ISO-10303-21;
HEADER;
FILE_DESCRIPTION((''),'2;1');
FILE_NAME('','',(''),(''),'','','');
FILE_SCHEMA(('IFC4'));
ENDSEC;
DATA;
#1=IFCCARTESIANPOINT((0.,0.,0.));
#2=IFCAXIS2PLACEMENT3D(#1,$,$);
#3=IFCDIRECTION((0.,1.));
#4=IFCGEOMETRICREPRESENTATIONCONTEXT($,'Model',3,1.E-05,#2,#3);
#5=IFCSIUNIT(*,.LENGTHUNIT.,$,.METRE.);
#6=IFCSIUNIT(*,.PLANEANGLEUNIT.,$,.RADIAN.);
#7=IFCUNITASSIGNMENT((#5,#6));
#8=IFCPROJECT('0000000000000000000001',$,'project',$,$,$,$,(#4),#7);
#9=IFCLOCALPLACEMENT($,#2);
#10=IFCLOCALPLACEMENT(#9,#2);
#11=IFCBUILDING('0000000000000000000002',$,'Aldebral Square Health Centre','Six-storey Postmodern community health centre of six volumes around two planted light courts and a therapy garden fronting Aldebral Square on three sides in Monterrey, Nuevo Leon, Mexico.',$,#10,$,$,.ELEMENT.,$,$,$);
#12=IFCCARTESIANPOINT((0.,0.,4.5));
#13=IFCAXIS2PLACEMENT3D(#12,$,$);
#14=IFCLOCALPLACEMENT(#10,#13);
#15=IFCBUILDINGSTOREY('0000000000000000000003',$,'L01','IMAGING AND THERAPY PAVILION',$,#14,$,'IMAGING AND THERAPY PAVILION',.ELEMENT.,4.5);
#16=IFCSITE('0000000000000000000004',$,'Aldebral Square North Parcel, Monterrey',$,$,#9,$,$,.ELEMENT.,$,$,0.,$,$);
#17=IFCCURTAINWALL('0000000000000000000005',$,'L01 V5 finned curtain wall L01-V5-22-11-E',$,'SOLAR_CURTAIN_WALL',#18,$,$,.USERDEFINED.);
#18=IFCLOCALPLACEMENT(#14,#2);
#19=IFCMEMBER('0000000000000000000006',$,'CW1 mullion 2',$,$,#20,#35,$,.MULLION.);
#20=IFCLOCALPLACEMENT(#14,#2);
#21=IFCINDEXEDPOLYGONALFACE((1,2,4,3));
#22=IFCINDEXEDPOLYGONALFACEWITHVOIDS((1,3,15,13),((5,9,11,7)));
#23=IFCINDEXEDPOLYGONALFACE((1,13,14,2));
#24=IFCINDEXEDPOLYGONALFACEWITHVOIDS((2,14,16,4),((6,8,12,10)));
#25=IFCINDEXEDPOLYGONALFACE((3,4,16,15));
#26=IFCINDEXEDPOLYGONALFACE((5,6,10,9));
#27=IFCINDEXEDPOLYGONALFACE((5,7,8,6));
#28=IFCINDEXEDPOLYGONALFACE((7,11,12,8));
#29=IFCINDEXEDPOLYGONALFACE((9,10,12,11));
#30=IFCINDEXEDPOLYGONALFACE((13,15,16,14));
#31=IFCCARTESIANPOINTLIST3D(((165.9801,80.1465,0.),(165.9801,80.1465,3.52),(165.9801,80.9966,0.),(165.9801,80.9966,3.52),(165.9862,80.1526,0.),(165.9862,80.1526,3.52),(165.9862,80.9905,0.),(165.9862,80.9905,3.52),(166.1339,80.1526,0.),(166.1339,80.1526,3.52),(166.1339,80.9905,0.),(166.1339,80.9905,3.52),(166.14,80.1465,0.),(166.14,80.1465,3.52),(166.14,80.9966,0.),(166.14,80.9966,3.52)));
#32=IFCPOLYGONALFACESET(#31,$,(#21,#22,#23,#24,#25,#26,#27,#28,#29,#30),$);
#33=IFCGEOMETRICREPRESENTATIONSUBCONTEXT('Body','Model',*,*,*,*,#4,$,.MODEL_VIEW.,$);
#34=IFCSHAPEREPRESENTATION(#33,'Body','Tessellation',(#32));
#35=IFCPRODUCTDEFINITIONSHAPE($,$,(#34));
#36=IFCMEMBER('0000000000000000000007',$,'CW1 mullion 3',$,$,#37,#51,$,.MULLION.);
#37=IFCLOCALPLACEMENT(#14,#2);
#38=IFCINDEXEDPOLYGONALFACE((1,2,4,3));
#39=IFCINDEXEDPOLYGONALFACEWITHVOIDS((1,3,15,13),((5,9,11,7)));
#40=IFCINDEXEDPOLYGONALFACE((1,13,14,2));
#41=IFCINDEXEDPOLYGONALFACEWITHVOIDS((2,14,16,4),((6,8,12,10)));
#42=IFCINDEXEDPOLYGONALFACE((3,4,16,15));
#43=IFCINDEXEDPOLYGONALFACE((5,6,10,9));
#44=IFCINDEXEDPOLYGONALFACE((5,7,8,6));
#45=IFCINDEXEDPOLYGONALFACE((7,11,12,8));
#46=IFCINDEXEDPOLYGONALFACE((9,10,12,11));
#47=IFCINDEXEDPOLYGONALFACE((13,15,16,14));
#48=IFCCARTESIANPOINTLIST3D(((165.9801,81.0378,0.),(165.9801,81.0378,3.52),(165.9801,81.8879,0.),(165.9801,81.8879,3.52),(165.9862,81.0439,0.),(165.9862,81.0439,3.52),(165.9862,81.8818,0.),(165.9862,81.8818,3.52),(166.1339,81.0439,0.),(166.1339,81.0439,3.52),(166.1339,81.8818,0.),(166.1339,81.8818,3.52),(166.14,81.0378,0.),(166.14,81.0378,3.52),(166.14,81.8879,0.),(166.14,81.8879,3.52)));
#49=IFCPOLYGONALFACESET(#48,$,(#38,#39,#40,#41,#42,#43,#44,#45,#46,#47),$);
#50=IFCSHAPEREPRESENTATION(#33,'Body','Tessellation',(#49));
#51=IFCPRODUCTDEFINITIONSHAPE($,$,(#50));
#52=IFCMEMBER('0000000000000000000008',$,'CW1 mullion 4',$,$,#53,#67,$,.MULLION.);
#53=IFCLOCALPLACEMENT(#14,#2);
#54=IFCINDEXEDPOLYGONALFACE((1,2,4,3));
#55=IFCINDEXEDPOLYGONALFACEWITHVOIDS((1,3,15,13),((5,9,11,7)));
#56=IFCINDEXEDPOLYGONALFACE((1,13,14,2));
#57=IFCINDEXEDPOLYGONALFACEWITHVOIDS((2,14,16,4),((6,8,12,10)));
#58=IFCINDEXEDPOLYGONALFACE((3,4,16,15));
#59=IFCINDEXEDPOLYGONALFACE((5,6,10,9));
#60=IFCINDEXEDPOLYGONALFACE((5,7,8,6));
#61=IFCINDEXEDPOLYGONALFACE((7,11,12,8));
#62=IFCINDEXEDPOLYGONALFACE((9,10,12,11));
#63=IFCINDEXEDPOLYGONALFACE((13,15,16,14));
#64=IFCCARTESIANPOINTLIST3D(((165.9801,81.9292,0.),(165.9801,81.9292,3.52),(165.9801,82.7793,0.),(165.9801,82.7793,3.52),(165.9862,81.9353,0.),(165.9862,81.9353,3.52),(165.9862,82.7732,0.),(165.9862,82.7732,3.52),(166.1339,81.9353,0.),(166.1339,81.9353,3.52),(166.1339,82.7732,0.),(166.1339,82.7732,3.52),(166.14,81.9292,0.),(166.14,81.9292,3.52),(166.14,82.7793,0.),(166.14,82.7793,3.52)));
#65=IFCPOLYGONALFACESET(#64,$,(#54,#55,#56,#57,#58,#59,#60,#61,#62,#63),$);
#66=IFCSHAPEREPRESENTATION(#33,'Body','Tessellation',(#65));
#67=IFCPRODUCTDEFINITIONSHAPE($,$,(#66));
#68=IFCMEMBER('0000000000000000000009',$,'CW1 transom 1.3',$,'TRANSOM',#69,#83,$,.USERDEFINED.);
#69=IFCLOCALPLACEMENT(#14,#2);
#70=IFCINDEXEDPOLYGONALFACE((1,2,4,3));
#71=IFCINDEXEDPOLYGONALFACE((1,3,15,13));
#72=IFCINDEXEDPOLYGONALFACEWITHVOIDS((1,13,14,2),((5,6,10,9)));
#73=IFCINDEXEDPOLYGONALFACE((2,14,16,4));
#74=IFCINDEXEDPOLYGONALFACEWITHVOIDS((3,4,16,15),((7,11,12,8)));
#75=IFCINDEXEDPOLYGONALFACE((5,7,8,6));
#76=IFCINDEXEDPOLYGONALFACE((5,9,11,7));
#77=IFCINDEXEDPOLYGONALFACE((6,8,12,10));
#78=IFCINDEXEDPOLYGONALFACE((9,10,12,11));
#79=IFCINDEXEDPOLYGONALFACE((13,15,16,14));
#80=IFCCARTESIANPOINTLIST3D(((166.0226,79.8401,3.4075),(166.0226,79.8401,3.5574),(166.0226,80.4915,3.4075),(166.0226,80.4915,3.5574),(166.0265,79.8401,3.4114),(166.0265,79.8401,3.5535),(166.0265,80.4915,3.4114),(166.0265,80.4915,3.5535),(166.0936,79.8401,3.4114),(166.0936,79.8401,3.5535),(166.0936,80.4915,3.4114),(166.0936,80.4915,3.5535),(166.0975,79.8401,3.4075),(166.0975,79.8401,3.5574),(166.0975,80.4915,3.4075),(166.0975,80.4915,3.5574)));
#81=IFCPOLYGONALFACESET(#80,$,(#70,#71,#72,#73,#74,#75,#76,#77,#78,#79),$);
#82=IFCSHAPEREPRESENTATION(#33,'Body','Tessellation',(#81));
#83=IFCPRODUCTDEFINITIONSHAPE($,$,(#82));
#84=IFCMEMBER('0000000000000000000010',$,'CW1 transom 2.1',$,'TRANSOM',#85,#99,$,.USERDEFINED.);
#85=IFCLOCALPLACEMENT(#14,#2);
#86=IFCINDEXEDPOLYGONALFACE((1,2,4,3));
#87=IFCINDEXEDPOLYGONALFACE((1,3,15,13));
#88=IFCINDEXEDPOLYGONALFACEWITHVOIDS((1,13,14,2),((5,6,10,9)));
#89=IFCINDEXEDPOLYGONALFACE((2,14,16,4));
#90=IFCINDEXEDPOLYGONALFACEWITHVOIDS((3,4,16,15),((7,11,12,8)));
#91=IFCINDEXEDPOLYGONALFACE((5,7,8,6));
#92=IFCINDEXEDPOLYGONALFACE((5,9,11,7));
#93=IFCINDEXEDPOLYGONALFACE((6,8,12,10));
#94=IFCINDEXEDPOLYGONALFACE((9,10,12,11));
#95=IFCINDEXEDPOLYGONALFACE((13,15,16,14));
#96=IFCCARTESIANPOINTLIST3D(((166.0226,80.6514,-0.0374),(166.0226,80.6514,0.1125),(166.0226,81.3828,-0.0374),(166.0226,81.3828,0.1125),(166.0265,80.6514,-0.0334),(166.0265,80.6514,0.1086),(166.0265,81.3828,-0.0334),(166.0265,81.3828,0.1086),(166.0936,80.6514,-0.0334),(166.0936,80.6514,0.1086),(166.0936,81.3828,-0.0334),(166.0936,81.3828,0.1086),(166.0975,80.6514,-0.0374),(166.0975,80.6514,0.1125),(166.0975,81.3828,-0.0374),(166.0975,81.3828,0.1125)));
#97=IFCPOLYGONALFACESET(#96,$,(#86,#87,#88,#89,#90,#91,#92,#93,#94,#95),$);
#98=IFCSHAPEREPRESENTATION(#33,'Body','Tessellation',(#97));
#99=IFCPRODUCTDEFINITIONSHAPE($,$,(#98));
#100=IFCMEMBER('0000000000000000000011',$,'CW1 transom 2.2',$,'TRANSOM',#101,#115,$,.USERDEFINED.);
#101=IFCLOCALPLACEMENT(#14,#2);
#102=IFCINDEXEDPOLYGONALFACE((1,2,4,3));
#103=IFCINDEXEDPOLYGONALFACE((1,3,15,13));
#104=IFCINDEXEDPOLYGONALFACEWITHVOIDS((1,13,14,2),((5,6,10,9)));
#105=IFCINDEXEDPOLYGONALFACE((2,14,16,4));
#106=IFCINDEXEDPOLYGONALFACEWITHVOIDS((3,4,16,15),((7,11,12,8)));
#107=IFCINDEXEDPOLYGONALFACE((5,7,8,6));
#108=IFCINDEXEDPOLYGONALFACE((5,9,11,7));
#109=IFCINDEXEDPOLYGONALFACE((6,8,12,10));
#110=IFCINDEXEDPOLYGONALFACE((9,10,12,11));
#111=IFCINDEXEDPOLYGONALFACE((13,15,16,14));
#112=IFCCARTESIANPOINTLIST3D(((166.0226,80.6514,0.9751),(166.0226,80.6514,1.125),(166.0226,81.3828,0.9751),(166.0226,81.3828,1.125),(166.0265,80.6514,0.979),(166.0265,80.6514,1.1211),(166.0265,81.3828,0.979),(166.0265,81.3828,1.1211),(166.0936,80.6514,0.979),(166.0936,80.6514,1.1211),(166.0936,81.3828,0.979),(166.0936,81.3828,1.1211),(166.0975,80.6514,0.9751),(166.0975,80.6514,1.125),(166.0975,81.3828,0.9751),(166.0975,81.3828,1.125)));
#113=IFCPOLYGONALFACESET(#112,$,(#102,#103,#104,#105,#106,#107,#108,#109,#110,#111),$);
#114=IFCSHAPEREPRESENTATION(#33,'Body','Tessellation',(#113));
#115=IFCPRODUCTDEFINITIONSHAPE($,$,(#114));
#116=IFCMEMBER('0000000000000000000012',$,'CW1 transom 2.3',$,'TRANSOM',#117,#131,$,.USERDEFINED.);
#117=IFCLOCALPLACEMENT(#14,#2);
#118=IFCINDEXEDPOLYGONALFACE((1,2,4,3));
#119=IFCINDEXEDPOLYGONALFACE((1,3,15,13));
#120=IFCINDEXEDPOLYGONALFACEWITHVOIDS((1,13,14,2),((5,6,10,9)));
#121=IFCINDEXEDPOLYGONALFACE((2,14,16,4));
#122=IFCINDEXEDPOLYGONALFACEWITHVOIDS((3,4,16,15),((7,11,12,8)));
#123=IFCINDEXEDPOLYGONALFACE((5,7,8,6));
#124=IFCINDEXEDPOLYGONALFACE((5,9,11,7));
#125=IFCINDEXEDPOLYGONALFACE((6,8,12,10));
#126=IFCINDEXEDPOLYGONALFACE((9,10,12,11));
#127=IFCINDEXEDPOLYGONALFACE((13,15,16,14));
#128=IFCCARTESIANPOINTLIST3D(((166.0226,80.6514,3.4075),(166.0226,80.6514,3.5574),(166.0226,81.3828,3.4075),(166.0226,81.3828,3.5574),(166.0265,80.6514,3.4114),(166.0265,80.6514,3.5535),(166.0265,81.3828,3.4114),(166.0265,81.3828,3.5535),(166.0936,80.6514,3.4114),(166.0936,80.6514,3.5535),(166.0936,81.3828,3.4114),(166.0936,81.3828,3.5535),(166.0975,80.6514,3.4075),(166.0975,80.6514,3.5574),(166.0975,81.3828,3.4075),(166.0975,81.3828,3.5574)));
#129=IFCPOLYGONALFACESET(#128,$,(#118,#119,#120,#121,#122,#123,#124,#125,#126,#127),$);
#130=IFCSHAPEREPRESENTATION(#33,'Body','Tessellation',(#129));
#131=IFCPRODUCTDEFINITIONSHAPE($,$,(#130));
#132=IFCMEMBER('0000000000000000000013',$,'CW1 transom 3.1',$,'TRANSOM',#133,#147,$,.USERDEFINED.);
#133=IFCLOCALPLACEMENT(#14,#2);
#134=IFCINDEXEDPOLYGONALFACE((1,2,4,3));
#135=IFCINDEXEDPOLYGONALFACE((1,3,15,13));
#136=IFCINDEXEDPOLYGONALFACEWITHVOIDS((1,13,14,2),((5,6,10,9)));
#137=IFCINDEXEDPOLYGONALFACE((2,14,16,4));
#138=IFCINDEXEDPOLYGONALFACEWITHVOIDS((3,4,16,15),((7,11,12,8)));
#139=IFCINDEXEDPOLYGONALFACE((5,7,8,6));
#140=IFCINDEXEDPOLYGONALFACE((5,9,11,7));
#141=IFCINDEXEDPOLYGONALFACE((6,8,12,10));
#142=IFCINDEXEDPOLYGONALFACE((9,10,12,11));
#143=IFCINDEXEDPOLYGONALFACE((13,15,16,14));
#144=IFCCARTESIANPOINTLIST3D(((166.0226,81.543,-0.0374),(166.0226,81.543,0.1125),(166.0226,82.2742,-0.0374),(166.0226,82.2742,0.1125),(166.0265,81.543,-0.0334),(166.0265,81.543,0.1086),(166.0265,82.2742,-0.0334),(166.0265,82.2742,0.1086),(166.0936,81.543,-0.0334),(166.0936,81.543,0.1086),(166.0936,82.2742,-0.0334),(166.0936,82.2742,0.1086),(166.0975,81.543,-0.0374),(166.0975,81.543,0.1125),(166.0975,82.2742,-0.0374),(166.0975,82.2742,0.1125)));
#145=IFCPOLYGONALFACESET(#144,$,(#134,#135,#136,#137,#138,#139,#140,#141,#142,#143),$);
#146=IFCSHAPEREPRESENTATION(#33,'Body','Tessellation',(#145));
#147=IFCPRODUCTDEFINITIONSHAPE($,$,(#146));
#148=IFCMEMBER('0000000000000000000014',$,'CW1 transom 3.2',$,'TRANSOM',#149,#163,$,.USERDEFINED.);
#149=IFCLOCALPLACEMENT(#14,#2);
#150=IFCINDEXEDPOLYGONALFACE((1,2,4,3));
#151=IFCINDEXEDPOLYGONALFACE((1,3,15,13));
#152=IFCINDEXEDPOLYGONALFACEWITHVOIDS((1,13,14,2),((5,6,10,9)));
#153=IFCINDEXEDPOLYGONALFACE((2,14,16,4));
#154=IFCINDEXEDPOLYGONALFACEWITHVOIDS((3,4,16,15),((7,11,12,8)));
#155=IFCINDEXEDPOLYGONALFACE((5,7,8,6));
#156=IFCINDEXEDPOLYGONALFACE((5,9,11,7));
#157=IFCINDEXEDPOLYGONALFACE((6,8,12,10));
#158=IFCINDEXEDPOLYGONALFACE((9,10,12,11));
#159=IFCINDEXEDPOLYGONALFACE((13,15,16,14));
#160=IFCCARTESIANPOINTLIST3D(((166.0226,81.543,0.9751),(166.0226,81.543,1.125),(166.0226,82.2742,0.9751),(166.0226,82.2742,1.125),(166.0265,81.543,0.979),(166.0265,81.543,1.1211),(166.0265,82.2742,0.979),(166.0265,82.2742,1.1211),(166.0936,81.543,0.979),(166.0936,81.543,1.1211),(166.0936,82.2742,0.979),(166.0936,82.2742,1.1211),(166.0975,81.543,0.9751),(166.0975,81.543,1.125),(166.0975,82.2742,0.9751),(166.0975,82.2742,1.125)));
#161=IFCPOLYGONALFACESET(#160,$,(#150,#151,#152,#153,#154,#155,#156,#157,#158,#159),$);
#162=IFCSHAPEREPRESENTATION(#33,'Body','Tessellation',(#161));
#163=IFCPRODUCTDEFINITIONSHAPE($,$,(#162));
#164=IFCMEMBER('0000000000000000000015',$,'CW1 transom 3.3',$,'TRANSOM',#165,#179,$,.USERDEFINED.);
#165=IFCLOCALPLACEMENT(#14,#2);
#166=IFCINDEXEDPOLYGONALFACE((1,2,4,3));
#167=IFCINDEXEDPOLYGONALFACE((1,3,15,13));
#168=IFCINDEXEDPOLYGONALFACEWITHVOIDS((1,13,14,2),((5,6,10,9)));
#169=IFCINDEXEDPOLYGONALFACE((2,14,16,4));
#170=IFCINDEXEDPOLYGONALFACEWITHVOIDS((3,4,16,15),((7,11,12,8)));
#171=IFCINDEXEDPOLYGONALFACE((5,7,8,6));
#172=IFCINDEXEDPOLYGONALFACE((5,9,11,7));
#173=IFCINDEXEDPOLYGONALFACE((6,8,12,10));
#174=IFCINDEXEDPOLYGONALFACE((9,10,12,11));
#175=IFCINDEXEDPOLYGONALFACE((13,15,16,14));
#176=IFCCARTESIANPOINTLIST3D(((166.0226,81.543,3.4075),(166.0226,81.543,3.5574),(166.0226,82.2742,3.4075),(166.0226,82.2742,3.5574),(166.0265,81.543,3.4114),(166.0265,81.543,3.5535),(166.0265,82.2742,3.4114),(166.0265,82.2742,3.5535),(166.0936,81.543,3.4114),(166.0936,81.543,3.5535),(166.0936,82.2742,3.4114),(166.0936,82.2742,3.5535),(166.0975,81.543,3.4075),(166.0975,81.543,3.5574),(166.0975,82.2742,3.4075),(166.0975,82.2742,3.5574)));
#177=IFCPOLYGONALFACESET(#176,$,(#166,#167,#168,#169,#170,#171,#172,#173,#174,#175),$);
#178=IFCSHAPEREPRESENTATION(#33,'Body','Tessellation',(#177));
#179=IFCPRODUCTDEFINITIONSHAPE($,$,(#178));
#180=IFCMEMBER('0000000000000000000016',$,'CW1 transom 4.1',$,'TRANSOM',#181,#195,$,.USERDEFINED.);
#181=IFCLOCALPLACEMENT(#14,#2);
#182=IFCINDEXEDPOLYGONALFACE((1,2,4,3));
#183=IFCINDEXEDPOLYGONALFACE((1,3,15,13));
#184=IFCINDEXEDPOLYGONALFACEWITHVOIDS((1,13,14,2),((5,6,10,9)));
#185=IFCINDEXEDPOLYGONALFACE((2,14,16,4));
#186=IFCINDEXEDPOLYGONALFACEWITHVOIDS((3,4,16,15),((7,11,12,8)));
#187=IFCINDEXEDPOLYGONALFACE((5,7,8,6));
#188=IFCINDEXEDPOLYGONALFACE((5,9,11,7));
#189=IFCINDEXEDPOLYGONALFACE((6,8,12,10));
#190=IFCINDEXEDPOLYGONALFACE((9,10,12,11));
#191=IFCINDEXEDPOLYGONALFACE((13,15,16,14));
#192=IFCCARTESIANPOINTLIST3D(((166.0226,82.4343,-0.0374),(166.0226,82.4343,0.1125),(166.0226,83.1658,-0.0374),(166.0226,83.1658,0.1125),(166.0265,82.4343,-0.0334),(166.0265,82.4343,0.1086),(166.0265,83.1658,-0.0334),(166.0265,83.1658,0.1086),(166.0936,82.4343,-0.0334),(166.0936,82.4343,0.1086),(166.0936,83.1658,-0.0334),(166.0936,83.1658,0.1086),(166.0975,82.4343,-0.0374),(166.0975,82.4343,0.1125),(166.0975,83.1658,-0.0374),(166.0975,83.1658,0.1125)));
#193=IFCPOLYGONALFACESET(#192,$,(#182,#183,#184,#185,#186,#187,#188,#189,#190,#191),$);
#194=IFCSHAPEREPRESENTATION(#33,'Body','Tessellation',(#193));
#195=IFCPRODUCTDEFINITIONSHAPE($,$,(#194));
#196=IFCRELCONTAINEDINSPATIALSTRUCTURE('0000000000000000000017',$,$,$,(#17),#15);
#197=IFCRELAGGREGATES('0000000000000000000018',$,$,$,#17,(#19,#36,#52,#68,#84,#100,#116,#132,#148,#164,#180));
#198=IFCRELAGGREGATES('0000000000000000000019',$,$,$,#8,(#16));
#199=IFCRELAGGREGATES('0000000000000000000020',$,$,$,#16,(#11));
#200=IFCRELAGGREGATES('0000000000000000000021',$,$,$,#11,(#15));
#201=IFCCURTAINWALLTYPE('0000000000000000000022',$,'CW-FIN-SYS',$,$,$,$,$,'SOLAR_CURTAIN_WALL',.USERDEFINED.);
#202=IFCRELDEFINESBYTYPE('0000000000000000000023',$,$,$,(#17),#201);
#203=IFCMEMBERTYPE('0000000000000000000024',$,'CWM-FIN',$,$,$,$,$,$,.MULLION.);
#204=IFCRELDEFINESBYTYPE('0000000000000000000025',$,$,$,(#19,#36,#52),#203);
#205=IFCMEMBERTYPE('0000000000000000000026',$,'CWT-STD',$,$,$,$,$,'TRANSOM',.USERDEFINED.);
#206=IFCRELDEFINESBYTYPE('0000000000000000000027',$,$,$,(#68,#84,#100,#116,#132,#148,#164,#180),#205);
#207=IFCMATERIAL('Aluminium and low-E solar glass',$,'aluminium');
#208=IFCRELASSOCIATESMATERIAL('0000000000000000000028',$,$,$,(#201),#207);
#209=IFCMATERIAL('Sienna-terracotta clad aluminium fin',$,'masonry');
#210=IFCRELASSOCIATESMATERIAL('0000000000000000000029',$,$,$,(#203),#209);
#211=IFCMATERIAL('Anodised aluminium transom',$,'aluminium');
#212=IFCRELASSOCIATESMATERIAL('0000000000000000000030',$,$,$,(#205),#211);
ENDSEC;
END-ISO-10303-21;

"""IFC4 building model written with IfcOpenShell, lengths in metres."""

from ifc_helpers import new_model, si_unit, direction, frame, origin, origin_2d, place, context, subcontext, project, spatial, hollow_rectangle, extrude, material, material_profile, profile_set, type_object, element, aggregate, save


model = new_model("IFC4")

# Units and contexts
model_context = context("Model", 3, precision=1e-05, world=origin(), true_north=direction((0.0, 1.0)))
body_context = subcontext(model_context, "Body", "Model", "MODEL_VIEW")
ifc_project = project(units=[si_unit("LENGTHUNIT", "METRE"), si_unit("PLANEANGLEUNIT", "RADIAN")], contexts=[model_context])

# Site, building, storey
site_placement = place(None, origin())
site = spatial("IfcSite", under=ifc_project, at=site_placement, Name="Aldebral Square North Parcel, Monterrey", CompositionType="ELEMENT", RefElevation=0.0)
building_placement = place(site_placement, origin())
building = spatial("IfcBuilding", under=site, at=building_placement, Name="Aldebral Square Health Centre", Description="Six-storey Postmodern community health centre of six volumes around two planted light courts and a therapy garden fronting Aldebral Square on three sides in Monterrey, Nuevo Leon, Mexico.", CompositionType="ELEMENT")
storey_placement = place(building_placement, frame((0.0, 0.0, 4.5)))
storey = spatial("IfcBuildingStorey", under=building, at=storey_placement, Name="L01", Description="IMAGING AND THERAPY PAVILION", LongName="IMAGING AND THERAPY PAVILION", CompositionType="ELEMENT", Elevation=4.5)

# Curtain wall, members
ifc_material_1 = material(Name="Aluminium and low-E solar glass", Category="aluminium")
curtain_wall_type = type_object("IfcCurtainWallType", Name="CW-FIN-SYS", ElementType="SOLAR_CURTAIN_WALL", PredefinedType="USERDEFINED", material=ifc_material_1)
curtain_wall_placement = place(storey_placement, origin())
curtain_wall = element("IfcCurtainWall", 1, at=curtain_wall_placement, inside=storey, type_object=curtain_wall_type, Name="L01 V5 finned curtain wall L01-V5-22-11-E", ObjectType="SOLAR_CURTAIN_WALL", PredefinedType="USERDEFINED")
ifc_material_2 = material(Name="Sienna-terracotta clad aluminium fin", Category="masonry")
ifc_material_profile_1 = material_profile(ifc_material_2, hollow_rectangle(XDim=0.1599, YDim=0.8501, WallThickness=0.0061, at=origin_2d()), Name="FIN 160x850x6")
ifc_profile_set_1 = profile_set([ifc_material_profile_1], Name="Sienna-terracotta clad aluminium fin")
member_type_1 = type_object("IfcMemberType", Name="CWM-FIN", PredefinedType="MULLION", material=ifc_profile_set_1)
member_1_placement = place(storey_placement, frame((166.0601, 80.5715, 0.0), z_axis=(0.0, 0.0, 1.0), x_axis=(-1.0, 0.0, 0.0)))
member_1 = element("IfcMember", 2, at=member_1_placement, type_object=member_type_1, Name="CW1 mullion 2", PredefinedType="MULLION", context=body_context, shape_type="SweptSolid", body=[
    extrude(hollow_rectangle(XDim=0.1599, YDim=0.8501, WallThickness=0.0061, at=origin_2d()), origin(), (0.0, 0.0, 1.0), 3.52),
])
member_2_placement = place(storey_placement, frame((166.0601, 81.4629, 0.0), z_axis=(0.0, 0.0, 1.0), x_axis=(-1.0, 0.0, 0.0)))
member_2 = element("IfcMember", 3, at=member_2_placement, type_object=member_type_1, Name="CW1 mullion 3", PredefinedType="MULLION", context=body_context, shape_type="SweptSolid", body=[
    extrude(hollow_rectangle(XDim=0.1599, YDim=0.8501, WallThickness=0.0061, at=origin_2d()), origin(), (0.0, 0.0, 1.0), 3.52),
])
member_3_placement = place(storey_placement, frame((166.0601, 82.3542, 0.0), z_axis=(0.0, 0.0, 1.0), x_axis=(-1.0, 0.0, 0.0)))
member_3 = element("IfcMember", 4, at=member_3_placement, type_object=member_type_1, Name="CW1 mullion 4", PredefinedType="MULLION", context=body_context, shape_type="SweptSolid", body=[
    extrude(hollow_rectangle(XDim=0.1599, YDim=0.8501, WallThickness=0.0061, at=origin_2d()), origin(), (0.0, 0.0, 1.0), 3.52),
])
ifc_material_3 = material(Name="Anodised aluminium transom", Category="aluminium")
ifc_material_profile_2 = material_profile(ifc_material_3, hollow_rectangle(XDim=0.075, YDim=0.1499, WallThickness=0.0039, at=origin_2d()), Name="CWT 75x150x4")
ifc_profile_set_2 = profile_set([ifc_material_profile_2], Name="Anodised aluminium transom")
member_type_2 = type_object("IfcMemberType", Name="CWT-STD", ElementType="TRANSOM", PredefinedType="USERDEFINED", material=ifc_profile_set_2)
member_4_placement = place(storey_placement, frame((166.0601, 79.8401, 3.4824), z_axis=(0.0, 1.0, 0.0), x_axis=(-1.0, 0.0, 0.0)))
member_4 = element("IfcMember", 5, at=member_4_placement, type_object=member_type_2, Name="CW1 transom 1.3", ObjectType="TRANSOM", PredefinedType="USERDEFINED", context=body_context, shape_type="SweptSolid", body=[
    extrude(hollow_rectangle(XDim=0.075, YDim=0.1499, WallThickness=0.0039, at=origin_2d()), origin(), (0.0, 0.0, 1.0), 0.6514),
])
member_5_placement = place(storey_placement, frame((166.0601, 80.6514, 0.0376), z_axis=(0.0, 1.0, 0.0), x_axis=(-1.0, 0.0, 0.0)))
member_5 = element("IfcMember", 6, at=member_5_placement, type_object=member_type_2, Name="CW1 transom 2.1", ObjectType="TRANSOM", PredefinedType="USERDEFINED", context=body_context, shape_type="SweptSolid", body=[
    extrude(hollow_rectangle(XDim=0.075, YDim=0.1499, WallThickness=0.0039, at=origin_2d()), origin(), (0.0, 0.0, 1.0), 0.7314),
])
member_6_placement = place(storey_placement, frame((166.0601, 80.6514, 1.05), z_axis=(0.0, 1.0, 0.0), x_axis=(-1.0, 0.0, 0.0)))
member_6 = element("IfcMember", 7, at=member_6_placement, type_object=member_type_2, Name="CW1 transom 2.2", ObjectType="TRANSOM", PredefinedType="USERDEFINED", context=body_context, shape_type="SweptSolid", body=[
    extrude(hollow_rectangle(XDim=0.075, YDim=0.1499, WallThickness=0.0039, at=origin_2d()), origin(), (0.0, 0.0, 1.0), 0.7314),
])
member_7_placement = place(storey_placement, frame((166.0601, 80.6514, 3.4824), z_axis=(0.0, 1.0, 0.0), x_axis=(-1.0, 0.0, 0.0)))
member_7 = element("IfcMember", 8, at=member_7_placement, type_object=member_type_2, Name="CW1 transom 2.3", ObjectType="TRANSOM", PredefinedType="USERDEFINED", context=body_context, shape_type="SweptSolid", body=[
    extrude(hollow_rectangle(XDim=0.075, YDim=0.1499, WallThickness=0.0039, at=origin_2d()), origin(), (0.0, 0.0, 1.0), 0.7314),
])
member_8_placement = place(storey_placement, frame((166.0601, 81.543, 0.0376), z_axis=(0.0, 1.0, 0.0), x_axis=(-1.0, 0.0, 0.0)))
member_8 = element("IfcMember", 9, at=member_8_placement, type_object=member_type_2, Name="CW1 transom 3.1", ObjectType="TRANSOM", PredefinedType="USERDEFINED", context=body_context, shape_type="SweptSolid", body=[
    extrude(hollow_rectangle(XDim=0.075, YDim=0.1499, WallThickness=0.0039, at=origin_2d()), origin(), (0.0, 0.0, 1.0), 0.7312),
])
member_9_placement = place(storey_placement, frame((166.0601, 81.543, 1.05), z_axis=(0.0, 1.0, 0.0), x_axis=(-1.0, 0.0, 0.0)))
member_9 = element("IfcMember", 10, at=member_9_placement, type_object=member_type_2, Name="CW1 transom 3.2", ObjectType="TRANSOM", PredefinedType="USERDEFINED", context=body_context, shape_type="SweptSolid", body=[
    extrude(hollow_rectangle(XDim=0.075, YDim=0.1499, WallThickness=0.0039, at=origin_2d()), origin(), (0.0, 0.0, 1.0), 0.7312),
])
member_10_placement = place(storey_placement, frame((166.0601, 81.543, 3.4824), z_axis=(0.0, 1.0, 0.0), x_axis=(-1.0, 0.0, 0.0)))
member_10 = element("IfcMember", 11, at=member_10_placement, type_object=member_type_2, Name="CW1 transom 3.3", ObjectType="TRANSOM", PredefinedType="USERDEFINED", context=body_context, shape_type="SweptSolid", body=[
    extrude(hollow_rectangle(XDim=0.075, YDim=0.1499, WallThickness=0.0039, at=origin_2d()), origin(), (0.0, 0.0, 1.0), 0.7312),
])
member_11_placement = place(storey_placement, frame((166.0601, 82.4343, 0.0376), z_axis=(0.0, 1.0, 0.0), x_axis=(-1.0, 0.0, 0.0)))
member_11 = element("IfcMember", 12, at=member_11_placement, type_object=member_type_2, Name="CW1 transom 4.1", ObjectType="TRANSOM", PredefinedType="USERDEFINED", context=body_context, shape_type="SweptSolid", body=[
    extrude(hollow_rectangle(XDim=0.075, YDim=0.1499, WallThickness=0.0039, at=origin_2d()), origin(), (0.0, 0.0, 1.0), 0.7314),
])
aggregate(curtain_wall, [member_1, member_2, member_3, member_4, member_5, member_6, member_7, member_8, member_9, member_10, member_11])

save(model, "model.ifc")
